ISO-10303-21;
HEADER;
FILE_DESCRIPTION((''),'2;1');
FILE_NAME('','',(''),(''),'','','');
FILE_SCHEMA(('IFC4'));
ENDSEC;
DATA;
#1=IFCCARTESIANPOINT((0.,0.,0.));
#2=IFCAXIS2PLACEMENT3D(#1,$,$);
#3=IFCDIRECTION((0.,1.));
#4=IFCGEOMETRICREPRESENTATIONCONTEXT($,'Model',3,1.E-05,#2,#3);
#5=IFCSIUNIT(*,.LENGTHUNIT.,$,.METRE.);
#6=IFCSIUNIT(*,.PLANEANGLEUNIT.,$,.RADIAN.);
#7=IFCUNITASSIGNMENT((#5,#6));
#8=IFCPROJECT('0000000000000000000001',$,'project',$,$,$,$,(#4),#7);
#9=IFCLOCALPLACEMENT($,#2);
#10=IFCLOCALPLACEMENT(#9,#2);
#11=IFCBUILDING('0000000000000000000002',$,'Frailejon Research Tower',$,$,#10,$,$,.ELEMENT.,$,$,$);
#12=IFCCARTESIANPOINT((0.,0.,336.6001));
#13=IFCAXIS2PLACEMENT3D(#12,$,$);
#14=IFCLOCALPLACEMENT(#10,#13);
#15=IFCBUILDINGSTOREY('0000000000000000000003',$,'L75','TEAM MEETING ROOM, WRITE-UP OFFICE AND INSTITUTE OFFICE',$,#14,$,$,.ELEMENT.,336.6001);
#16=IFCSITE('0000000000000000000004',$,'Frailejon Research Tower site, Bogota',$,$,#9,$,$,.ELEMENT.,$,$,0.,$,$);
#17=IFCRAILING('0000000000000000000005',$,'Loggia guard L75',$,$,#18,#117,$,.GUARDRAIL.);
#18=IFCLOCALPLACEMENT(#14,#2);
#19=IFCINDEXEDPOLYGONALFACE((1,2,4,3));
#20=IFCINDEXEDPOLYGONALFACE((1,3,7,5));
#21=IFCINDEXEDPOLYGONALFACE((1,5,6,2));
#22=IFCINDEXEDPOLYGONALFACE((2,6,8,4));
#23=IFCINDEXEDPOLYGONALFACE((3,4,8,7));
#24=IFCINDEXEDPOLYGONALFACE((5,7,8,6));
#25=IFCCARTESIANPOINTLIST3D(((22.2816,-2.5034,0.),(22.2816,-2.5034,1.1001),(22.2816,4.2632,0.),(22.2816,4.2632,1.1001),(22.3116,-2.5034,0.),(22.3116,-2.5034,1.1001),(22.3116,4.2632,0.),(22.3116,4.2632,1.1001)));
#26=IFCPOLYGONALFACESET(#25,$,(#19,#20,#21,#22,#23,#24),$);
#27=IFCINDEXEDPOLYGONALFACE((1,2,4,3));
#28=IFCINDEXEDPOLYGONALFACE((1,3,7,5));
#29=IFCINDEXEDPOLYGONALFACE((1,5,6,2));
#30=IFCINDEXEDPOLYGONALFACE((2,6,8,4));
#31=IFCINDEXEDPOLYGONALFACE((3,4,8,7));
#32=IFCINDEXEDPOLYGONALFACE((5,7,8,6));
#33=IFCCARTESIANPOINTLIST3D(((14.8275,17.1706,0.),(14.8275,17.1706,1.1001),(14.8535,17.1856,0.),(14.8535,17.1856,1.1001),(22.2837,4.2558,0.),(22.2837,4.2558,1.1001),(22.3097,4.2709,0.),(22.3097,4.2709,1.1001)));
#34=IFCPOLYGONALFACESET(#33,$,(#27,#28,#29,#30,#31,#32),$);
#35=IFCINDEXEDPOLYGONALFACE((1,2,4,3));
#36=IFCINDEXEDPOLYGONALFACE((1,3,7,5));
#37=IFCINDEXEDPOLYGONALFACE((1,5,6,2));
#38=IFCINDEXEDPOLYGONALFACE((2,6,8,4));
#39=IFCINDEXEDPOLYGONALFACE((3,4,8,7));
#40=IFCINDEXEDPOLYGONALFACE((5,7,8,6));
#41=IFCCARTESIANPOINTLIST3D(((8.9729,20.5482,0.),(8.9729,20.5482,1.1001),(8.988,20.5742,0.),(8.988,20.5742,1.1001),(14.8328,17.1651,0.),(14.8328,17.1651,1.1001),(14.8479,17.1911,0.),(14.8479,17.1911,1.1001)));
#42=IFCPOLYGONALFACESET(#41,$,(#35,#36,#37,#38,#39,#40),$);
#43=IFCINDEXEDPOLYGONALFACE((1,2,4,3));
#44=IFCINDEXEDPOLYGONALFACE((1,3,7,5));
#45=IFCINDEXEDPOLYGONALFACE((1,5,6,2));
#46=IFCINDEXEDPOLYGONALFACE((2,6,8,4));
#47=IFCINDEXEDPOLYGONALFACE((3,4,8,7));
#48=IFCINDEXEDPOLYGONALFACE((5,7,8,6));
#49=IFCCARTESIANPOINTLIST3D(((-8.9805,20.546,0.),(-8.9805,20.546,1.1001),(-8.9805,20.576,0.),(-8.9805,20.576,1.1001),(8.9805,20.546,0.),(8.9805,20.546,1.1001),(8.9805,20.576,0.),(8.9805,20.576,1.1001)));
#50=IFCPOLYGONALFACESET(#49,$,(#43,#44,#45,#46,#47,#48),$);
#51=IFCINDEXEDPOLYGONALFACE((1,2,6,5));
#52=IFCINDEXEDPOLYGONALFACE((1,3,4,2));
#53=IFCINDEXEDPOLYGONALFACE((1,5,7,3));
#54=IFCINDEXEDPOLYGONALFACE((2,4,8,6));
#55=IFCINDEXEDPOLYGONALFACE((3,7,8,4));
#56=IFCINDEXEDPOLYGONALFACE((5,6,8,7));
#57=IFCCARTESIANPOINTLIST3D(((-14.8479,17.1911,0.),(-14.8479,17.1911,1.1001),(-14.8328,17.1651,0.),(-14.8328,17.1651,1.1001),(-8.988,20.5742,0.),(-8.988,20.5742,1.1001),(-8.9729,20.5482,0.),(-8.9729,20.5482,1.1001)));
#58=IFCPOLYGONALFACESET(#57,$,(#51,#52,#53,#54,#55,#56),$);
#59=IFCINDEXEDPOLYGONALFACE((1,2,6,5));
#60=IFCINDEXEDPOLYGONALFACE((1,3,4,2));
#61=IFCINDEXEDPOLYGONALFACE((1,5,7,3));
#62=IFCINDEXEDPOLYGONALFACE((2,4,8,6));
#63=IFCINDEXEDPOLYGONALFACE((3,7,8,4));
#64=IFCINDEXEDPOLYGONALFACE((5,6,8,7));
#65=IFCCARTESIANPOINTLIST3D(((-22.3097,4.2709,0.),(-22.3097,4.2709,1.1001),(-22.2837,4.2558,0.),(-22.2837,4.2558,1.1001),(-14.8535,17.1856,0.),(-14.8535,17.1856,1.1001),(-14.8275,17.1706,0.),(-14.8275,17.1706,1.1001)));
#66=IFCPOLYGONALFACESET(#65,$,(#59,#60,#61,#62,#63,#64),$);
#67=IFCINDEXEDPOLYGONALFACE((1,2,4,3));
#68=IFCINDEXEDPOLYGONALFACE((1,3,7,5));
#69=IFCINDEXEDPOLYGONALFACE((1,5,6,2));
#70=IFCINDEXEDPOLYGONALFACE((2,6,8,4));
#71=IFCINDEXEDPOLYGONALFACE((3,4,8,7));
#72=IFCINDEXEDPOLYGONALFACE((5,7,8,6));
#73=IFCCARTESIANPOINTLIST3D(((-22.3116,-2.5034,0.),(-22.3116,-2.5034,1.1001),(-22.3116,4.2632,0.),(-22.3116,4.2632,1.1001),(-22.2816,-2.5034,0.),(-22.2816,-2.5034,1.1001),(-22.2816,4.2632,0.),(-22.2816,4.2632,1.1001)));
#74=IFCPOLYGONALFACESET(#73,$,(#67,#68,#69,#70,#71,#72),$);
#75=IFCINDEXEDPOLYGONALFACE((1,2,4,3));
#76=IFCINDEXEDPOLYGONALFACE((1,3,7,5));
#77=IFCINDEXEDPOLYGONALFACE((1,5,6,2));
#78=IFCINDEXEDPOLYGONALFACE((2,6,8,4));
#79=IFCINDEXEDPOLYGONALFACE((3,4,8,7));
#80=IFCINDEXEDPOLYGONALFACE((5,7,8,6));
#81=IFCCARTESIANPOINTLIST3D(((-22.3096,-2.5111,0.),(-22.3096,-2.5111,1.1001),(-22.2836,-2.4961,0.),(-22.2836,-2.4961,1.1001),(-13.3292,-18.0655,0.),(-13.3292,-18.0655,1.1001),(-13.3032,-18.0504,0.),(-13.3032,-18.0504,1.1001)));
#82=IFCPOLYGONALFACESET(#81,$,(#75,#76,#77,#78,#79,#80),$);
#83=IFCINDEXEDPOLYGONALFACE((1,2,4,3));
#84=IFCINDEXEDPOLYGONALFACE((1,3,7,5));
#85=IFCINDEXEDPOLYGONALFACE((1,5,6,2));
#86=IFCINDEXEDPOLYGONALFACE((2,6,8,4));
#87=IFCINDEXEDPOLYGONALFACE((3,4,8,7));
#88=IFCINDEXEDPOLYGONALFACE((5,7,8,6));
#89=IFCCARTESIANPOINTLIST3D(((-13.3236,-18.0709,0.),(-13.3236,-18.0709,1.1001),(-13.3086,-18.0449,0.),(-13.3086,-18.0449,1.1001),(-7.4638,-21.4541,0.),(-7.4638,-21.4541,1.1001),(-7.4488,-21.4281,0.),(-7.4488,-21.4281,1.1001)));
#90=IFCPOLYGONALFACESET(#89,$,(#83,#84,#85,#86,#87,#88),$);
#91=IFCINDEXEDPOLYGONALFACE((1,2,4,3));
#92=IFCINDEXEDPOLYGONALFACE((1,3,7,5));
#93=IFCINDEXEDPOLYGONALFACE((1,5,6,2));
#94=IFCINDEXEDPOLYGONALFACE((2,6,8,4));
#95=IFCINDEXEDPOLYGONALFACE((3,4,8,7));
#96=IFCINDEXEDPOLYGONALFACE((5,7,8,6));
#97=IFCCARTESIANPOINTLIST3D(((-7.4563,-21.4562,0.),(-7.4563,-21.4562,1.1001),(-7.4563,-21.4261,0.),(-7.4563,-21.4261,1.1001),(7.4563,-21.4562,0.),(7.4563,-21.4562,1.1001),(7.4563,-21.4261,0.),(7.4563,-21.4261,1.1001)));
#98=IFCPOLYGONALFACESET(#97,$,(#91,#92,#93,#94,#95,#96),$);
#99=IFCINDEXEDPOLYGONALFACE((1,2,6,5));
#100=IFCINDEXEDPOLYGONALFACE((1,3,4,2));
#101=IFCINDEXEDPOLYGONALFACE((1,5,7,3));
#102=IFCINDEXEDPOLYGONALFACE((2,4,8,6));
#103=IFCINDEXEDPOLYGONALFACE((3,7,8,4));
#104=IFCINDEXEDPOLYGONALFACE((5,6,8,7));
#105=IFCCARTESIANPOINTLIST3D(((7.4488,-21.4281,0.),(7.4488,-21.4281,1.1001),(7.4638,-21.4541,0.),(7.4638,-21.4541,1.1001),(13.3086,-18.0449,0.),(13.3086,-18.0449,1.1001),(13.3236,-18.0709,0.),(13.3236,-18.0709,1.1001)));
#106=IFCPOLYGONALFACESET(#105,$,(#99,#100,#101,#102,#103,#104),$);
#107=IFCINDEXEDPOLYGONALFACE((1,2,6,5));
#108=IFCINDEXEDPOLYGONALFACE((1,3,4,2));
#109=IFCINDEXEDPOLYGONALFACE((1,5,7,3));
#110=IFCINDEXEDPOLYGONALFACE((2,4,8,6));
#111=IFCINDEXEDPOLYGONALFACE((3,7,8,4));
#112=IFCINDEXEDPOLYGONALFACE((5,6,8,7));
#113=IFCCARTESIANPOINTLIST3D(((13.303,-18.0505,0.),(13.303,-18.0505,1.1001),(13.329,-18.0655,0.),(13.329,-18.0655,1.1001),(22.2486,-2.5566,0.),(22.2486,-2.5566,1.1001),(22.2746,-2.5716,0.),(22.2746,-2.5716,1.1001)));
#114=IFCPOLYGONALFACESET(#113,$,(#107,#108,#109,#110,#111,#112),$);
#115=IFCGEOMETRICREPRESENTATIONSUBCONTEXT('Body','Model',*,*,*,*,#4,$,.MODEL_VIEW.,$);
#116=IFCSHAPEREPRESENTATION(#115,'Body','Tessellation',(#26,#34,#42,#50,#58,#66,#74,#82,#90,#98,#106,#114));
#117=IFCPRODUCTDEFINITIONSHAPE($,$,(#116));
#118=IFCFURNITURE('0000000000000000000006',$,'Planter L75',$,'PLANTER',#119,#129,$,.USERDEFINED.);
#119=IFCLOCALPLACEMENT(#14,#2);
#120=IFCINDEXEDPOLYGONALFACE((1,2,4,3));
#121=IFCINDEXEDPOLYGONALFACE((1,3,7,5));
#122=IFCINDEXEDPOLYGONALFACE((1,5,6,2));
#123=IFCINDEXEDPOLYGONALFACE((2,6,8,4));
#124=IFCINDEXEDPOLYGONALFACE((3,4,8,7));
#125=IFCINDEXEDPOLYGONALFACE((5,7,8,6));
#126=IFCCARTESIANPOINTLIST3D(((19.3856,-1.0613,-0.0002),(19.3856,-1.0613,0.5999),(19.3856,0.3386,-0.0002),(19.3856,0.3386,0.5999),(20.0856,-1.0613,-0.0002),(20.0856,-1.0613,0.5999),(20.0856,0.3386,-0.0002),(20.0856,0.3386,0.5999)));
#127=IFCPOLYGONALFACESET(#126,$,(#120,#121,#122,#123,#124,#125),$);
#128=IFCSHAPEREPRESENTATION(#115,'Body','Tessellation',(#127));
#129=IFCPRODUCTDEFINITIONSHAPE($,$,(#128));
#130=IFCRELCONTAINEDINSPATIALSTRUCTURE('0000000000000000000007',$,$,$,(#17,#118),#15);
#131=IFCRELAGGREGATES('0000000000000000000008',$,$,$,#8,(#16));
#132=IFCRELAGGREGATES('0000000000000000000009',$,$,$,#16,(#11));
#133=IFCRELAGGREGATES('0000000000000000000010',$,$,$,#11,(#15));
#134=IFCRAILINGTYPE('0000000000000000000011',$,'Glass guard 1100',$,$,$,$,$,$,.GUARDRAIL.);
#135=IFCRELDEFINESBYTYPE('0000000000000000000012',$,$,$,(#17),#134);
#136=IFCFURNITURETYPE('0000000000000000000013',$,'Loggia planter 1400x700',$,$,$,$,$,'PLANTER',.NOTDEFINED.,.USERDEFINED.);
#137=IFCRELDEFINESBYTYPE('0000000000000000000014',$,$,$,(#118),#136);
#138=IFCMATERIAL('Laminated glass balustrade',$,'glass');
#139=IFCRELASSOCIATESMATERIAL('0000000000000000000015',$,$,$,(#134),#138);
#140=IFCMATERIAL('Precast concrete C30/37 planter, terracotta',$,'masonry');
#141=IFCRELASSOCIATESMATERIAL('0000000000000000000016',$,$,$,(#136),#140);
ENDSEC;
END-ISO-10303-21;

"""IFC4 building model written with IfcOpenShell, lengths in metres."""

from ifc_helpers import new_model, si_unit, direction, frame, origin, origin_2d, place, context, subcontext, project, spatial, rectangle, extrude, material, type_object, element, save


model = new_model("IFC4")

# Units and contexts
model_context = context("Model", 3, precision=1e-05, world=origin(), true_north=direction((0.0, 1.0)))
body_context = subcontext(model_context, "Body", "Model", "MODEL_VIEW")
ifc_project = project(units=[si_unit("LENGTHUNIT", "METRE"), si_unit("PLANEANGLEUNIT", "RADIAN")], contexts=[model_context])

# Site, building, storey
site_placement = place(None, origin())
site = spatial("IfcSite", under=ifc_project, at=site_placement, Name="Frailejon Research Tower site, Bogota", CompositionType="ELEMENT", RefElevation=0.0)
building_placement = place(site_placement, origin())
building = spatial("IfcBuilding", under=site, at=building_placement, Name="Frailejon Research Tower", CompositionType="ELEMENT")
storey_placement = place(building_placement, frame((0.0, 0.0, 336.6001)))
storey = spatial("IfcBuildingStorey", under=building, at=storey_placement, Name="L75", Description="TEAM MEETING ROOM, WRITE-UP OFFICE AND INSTITUTE OFFICE", CompositionType="ELEMENT", Elevation=336.6001)

# Railing
ifc_material_1 = material(Name="Laminated glass balustrade", Category="glass")
railing_type = type_object("IfcRailingType", Name="Glass guard 1100", PredefinedType="GUARDRAIL", material=ifc_material_1)
railing_placement = place(storey_placement, frame((22.2966, -2.5034, 0.0)))
element("IfcRailing", 1, at=railing_placement, inside=storey, type_object=railing_type, Name="Loggia guard L75", PredefinedType="GUARDRAIL", context=body_context, shape_type="SweptSolid", body=[
    extrude(rectangle(XDim=6.7666, YDim=0.03, at=origin_2d()), frame((0.0, 3.3833, 0.0), z_axis=(0.0, 0.0, 1.0), x_axis=(0.0, 1.0, 0.0)), (0.0, 0.0, 1.0), 1.1001),
    extrude(rectangle(XDim=14.9126, YDim=0.03, at=origin_2d()), frame((-3.728, 13.2241, 0.0), z_axis=(0.0, 0.0, 1.0), x_axis=(-0.499997, 0.866027, 0.0)), (0.0, 0.0, 1.0), 1.1001),
    extrude(rectangle(XDim=6.7664, YDim=0.03, at=origin_2d()), frame((-10.3862, 21.373, 0.0), z_axis=(0.0, 0.0, 1.0), x_axis=(-0.866034, 0.499985, 0.0)), (0.0, 0.0, 1.0), 1.1001),
    extrude(rectangle(XDim=17.9609, YDim=0.03, at=origin_2d()), frame((-22.2966, 23.0645, 0.0), z_axis=(0.0, 0.0, 1.0), x_axis=(-1.0, 0.0, 0.0)), (0.0, 0.0, 1.0), 1.1001),
    extrude(rectangle(XDim=6.7664, YDim=0.03, at=origin_2d()), frame((-34.207, 21.373, 0.0), z_axis=(0.0, 0.0, 1.0), x_axis=(-0.866034, -0.499985, 0.0)), (0.0, 0.0, 1.0), 1.1001),
    extrude(rectangle(XDim=14.9126, YDim=0.03, at=origin_2d()), frame((-40.8652, 13.2241, 0.0), z_axis=(0.0, 0.0, 1.0), x_axis=(-0.499997, -0.866027, 0.0)), (0.0, 0.0, 1.0), 1.1001),
    extrude(rectangle(XDim=6.7666, YDim=0.03, at=origin_2d()), frame((-44.5933, 3.3833, 0.0), z_axis=(0.0, 0.0, 1.0), x_axis=(0.0, -1.0, 0.0)), (0.0, 0.0, 1.0), 1.1001),
    extrude(rectangle(XDim=17.9607, YDim=0.03, at=origin_2d()), frame((-40.103, -7.7773, 0.0), z_axis=(0.0, 0.0, 1.0), x_axis=(0.500004, -0.866023, 0.0)), (0.0, 0.0, 1.0), 1.1001),
    extrude(rectangle(XDim=6.7664, YDim=0.03, at=origin_2d()), frame((-32.6829, -17.2461, 0.0), z_axis=(0.0, 0.0, 1.0), x_axis=(0.866019, -0.500012, 0.0)), (0.0, 0.0, 1.0), 1.1001),
    extrude(rectangle(XDim=14.9126, YDim=0.03, at=origin_2d()), frame((-22.2966, -18.9377, 0.0), z_axis=(0.0, 0.0, 1.0), x_axis=(1.0, 0.0, 0.0)), (0.0, 0.0, 1.0), 1.1001),
    extrude(rectangle(XDim=6.7664, YDim=0.03, at=origin_2d()), frame((-11.9104, -17.2461, 0.0), z_axis=(0.0, 0.0, 1.0), x_axis=(0.866019, 0.500012, 0.0)), (0.0, 0.0, 1.0), 1.1001),
    extrude(rectangle(XDim=17.8909, YDim=0.03, at=origin_2d()), frame((-4.5078, -7.8076, 0.0), z_axis=(0.0, 0.0, 1.0), x_axis=(0.500006, 0.866022, 0.0)), (0.0, 0.0, 1.0), 1.1001),
])

# Furniture
ifc_material_2 = material(Name="Precast concrete C30/37 planter, terracotta", Category="masonry")
furniture_type = type_object("IfcFurnitureType", Name="Loggia planter 1400x700", ElementType="PLANTER", AssemblyPlace="NOTDEFINED", PredefinedType="USERDEFINED", material=ifc_material_2)
furniture_placement = place(storey_placement, frame((19.7356, -0.3613, -0.0002), z_axis=(0.0, 0.0, 1.0), x_axis=(0.0, 1.0, 0.0)))
element("IfcFurniture", 2, at=furniture_placement, inside=storey, type_object=furniture_type, Name="Planter L75", ObjectType="PLANTER", PredefinedType="USERDEFINED", context=body_context, shape_type="SweptSolid", body=[
    extrude(rectangle(XDim=1.3999, YDim=0.7, at=origin_2d()), origin(), (0.0, 0.0, 1.0), 0.6001),
])

save(model, "model.ifc")
